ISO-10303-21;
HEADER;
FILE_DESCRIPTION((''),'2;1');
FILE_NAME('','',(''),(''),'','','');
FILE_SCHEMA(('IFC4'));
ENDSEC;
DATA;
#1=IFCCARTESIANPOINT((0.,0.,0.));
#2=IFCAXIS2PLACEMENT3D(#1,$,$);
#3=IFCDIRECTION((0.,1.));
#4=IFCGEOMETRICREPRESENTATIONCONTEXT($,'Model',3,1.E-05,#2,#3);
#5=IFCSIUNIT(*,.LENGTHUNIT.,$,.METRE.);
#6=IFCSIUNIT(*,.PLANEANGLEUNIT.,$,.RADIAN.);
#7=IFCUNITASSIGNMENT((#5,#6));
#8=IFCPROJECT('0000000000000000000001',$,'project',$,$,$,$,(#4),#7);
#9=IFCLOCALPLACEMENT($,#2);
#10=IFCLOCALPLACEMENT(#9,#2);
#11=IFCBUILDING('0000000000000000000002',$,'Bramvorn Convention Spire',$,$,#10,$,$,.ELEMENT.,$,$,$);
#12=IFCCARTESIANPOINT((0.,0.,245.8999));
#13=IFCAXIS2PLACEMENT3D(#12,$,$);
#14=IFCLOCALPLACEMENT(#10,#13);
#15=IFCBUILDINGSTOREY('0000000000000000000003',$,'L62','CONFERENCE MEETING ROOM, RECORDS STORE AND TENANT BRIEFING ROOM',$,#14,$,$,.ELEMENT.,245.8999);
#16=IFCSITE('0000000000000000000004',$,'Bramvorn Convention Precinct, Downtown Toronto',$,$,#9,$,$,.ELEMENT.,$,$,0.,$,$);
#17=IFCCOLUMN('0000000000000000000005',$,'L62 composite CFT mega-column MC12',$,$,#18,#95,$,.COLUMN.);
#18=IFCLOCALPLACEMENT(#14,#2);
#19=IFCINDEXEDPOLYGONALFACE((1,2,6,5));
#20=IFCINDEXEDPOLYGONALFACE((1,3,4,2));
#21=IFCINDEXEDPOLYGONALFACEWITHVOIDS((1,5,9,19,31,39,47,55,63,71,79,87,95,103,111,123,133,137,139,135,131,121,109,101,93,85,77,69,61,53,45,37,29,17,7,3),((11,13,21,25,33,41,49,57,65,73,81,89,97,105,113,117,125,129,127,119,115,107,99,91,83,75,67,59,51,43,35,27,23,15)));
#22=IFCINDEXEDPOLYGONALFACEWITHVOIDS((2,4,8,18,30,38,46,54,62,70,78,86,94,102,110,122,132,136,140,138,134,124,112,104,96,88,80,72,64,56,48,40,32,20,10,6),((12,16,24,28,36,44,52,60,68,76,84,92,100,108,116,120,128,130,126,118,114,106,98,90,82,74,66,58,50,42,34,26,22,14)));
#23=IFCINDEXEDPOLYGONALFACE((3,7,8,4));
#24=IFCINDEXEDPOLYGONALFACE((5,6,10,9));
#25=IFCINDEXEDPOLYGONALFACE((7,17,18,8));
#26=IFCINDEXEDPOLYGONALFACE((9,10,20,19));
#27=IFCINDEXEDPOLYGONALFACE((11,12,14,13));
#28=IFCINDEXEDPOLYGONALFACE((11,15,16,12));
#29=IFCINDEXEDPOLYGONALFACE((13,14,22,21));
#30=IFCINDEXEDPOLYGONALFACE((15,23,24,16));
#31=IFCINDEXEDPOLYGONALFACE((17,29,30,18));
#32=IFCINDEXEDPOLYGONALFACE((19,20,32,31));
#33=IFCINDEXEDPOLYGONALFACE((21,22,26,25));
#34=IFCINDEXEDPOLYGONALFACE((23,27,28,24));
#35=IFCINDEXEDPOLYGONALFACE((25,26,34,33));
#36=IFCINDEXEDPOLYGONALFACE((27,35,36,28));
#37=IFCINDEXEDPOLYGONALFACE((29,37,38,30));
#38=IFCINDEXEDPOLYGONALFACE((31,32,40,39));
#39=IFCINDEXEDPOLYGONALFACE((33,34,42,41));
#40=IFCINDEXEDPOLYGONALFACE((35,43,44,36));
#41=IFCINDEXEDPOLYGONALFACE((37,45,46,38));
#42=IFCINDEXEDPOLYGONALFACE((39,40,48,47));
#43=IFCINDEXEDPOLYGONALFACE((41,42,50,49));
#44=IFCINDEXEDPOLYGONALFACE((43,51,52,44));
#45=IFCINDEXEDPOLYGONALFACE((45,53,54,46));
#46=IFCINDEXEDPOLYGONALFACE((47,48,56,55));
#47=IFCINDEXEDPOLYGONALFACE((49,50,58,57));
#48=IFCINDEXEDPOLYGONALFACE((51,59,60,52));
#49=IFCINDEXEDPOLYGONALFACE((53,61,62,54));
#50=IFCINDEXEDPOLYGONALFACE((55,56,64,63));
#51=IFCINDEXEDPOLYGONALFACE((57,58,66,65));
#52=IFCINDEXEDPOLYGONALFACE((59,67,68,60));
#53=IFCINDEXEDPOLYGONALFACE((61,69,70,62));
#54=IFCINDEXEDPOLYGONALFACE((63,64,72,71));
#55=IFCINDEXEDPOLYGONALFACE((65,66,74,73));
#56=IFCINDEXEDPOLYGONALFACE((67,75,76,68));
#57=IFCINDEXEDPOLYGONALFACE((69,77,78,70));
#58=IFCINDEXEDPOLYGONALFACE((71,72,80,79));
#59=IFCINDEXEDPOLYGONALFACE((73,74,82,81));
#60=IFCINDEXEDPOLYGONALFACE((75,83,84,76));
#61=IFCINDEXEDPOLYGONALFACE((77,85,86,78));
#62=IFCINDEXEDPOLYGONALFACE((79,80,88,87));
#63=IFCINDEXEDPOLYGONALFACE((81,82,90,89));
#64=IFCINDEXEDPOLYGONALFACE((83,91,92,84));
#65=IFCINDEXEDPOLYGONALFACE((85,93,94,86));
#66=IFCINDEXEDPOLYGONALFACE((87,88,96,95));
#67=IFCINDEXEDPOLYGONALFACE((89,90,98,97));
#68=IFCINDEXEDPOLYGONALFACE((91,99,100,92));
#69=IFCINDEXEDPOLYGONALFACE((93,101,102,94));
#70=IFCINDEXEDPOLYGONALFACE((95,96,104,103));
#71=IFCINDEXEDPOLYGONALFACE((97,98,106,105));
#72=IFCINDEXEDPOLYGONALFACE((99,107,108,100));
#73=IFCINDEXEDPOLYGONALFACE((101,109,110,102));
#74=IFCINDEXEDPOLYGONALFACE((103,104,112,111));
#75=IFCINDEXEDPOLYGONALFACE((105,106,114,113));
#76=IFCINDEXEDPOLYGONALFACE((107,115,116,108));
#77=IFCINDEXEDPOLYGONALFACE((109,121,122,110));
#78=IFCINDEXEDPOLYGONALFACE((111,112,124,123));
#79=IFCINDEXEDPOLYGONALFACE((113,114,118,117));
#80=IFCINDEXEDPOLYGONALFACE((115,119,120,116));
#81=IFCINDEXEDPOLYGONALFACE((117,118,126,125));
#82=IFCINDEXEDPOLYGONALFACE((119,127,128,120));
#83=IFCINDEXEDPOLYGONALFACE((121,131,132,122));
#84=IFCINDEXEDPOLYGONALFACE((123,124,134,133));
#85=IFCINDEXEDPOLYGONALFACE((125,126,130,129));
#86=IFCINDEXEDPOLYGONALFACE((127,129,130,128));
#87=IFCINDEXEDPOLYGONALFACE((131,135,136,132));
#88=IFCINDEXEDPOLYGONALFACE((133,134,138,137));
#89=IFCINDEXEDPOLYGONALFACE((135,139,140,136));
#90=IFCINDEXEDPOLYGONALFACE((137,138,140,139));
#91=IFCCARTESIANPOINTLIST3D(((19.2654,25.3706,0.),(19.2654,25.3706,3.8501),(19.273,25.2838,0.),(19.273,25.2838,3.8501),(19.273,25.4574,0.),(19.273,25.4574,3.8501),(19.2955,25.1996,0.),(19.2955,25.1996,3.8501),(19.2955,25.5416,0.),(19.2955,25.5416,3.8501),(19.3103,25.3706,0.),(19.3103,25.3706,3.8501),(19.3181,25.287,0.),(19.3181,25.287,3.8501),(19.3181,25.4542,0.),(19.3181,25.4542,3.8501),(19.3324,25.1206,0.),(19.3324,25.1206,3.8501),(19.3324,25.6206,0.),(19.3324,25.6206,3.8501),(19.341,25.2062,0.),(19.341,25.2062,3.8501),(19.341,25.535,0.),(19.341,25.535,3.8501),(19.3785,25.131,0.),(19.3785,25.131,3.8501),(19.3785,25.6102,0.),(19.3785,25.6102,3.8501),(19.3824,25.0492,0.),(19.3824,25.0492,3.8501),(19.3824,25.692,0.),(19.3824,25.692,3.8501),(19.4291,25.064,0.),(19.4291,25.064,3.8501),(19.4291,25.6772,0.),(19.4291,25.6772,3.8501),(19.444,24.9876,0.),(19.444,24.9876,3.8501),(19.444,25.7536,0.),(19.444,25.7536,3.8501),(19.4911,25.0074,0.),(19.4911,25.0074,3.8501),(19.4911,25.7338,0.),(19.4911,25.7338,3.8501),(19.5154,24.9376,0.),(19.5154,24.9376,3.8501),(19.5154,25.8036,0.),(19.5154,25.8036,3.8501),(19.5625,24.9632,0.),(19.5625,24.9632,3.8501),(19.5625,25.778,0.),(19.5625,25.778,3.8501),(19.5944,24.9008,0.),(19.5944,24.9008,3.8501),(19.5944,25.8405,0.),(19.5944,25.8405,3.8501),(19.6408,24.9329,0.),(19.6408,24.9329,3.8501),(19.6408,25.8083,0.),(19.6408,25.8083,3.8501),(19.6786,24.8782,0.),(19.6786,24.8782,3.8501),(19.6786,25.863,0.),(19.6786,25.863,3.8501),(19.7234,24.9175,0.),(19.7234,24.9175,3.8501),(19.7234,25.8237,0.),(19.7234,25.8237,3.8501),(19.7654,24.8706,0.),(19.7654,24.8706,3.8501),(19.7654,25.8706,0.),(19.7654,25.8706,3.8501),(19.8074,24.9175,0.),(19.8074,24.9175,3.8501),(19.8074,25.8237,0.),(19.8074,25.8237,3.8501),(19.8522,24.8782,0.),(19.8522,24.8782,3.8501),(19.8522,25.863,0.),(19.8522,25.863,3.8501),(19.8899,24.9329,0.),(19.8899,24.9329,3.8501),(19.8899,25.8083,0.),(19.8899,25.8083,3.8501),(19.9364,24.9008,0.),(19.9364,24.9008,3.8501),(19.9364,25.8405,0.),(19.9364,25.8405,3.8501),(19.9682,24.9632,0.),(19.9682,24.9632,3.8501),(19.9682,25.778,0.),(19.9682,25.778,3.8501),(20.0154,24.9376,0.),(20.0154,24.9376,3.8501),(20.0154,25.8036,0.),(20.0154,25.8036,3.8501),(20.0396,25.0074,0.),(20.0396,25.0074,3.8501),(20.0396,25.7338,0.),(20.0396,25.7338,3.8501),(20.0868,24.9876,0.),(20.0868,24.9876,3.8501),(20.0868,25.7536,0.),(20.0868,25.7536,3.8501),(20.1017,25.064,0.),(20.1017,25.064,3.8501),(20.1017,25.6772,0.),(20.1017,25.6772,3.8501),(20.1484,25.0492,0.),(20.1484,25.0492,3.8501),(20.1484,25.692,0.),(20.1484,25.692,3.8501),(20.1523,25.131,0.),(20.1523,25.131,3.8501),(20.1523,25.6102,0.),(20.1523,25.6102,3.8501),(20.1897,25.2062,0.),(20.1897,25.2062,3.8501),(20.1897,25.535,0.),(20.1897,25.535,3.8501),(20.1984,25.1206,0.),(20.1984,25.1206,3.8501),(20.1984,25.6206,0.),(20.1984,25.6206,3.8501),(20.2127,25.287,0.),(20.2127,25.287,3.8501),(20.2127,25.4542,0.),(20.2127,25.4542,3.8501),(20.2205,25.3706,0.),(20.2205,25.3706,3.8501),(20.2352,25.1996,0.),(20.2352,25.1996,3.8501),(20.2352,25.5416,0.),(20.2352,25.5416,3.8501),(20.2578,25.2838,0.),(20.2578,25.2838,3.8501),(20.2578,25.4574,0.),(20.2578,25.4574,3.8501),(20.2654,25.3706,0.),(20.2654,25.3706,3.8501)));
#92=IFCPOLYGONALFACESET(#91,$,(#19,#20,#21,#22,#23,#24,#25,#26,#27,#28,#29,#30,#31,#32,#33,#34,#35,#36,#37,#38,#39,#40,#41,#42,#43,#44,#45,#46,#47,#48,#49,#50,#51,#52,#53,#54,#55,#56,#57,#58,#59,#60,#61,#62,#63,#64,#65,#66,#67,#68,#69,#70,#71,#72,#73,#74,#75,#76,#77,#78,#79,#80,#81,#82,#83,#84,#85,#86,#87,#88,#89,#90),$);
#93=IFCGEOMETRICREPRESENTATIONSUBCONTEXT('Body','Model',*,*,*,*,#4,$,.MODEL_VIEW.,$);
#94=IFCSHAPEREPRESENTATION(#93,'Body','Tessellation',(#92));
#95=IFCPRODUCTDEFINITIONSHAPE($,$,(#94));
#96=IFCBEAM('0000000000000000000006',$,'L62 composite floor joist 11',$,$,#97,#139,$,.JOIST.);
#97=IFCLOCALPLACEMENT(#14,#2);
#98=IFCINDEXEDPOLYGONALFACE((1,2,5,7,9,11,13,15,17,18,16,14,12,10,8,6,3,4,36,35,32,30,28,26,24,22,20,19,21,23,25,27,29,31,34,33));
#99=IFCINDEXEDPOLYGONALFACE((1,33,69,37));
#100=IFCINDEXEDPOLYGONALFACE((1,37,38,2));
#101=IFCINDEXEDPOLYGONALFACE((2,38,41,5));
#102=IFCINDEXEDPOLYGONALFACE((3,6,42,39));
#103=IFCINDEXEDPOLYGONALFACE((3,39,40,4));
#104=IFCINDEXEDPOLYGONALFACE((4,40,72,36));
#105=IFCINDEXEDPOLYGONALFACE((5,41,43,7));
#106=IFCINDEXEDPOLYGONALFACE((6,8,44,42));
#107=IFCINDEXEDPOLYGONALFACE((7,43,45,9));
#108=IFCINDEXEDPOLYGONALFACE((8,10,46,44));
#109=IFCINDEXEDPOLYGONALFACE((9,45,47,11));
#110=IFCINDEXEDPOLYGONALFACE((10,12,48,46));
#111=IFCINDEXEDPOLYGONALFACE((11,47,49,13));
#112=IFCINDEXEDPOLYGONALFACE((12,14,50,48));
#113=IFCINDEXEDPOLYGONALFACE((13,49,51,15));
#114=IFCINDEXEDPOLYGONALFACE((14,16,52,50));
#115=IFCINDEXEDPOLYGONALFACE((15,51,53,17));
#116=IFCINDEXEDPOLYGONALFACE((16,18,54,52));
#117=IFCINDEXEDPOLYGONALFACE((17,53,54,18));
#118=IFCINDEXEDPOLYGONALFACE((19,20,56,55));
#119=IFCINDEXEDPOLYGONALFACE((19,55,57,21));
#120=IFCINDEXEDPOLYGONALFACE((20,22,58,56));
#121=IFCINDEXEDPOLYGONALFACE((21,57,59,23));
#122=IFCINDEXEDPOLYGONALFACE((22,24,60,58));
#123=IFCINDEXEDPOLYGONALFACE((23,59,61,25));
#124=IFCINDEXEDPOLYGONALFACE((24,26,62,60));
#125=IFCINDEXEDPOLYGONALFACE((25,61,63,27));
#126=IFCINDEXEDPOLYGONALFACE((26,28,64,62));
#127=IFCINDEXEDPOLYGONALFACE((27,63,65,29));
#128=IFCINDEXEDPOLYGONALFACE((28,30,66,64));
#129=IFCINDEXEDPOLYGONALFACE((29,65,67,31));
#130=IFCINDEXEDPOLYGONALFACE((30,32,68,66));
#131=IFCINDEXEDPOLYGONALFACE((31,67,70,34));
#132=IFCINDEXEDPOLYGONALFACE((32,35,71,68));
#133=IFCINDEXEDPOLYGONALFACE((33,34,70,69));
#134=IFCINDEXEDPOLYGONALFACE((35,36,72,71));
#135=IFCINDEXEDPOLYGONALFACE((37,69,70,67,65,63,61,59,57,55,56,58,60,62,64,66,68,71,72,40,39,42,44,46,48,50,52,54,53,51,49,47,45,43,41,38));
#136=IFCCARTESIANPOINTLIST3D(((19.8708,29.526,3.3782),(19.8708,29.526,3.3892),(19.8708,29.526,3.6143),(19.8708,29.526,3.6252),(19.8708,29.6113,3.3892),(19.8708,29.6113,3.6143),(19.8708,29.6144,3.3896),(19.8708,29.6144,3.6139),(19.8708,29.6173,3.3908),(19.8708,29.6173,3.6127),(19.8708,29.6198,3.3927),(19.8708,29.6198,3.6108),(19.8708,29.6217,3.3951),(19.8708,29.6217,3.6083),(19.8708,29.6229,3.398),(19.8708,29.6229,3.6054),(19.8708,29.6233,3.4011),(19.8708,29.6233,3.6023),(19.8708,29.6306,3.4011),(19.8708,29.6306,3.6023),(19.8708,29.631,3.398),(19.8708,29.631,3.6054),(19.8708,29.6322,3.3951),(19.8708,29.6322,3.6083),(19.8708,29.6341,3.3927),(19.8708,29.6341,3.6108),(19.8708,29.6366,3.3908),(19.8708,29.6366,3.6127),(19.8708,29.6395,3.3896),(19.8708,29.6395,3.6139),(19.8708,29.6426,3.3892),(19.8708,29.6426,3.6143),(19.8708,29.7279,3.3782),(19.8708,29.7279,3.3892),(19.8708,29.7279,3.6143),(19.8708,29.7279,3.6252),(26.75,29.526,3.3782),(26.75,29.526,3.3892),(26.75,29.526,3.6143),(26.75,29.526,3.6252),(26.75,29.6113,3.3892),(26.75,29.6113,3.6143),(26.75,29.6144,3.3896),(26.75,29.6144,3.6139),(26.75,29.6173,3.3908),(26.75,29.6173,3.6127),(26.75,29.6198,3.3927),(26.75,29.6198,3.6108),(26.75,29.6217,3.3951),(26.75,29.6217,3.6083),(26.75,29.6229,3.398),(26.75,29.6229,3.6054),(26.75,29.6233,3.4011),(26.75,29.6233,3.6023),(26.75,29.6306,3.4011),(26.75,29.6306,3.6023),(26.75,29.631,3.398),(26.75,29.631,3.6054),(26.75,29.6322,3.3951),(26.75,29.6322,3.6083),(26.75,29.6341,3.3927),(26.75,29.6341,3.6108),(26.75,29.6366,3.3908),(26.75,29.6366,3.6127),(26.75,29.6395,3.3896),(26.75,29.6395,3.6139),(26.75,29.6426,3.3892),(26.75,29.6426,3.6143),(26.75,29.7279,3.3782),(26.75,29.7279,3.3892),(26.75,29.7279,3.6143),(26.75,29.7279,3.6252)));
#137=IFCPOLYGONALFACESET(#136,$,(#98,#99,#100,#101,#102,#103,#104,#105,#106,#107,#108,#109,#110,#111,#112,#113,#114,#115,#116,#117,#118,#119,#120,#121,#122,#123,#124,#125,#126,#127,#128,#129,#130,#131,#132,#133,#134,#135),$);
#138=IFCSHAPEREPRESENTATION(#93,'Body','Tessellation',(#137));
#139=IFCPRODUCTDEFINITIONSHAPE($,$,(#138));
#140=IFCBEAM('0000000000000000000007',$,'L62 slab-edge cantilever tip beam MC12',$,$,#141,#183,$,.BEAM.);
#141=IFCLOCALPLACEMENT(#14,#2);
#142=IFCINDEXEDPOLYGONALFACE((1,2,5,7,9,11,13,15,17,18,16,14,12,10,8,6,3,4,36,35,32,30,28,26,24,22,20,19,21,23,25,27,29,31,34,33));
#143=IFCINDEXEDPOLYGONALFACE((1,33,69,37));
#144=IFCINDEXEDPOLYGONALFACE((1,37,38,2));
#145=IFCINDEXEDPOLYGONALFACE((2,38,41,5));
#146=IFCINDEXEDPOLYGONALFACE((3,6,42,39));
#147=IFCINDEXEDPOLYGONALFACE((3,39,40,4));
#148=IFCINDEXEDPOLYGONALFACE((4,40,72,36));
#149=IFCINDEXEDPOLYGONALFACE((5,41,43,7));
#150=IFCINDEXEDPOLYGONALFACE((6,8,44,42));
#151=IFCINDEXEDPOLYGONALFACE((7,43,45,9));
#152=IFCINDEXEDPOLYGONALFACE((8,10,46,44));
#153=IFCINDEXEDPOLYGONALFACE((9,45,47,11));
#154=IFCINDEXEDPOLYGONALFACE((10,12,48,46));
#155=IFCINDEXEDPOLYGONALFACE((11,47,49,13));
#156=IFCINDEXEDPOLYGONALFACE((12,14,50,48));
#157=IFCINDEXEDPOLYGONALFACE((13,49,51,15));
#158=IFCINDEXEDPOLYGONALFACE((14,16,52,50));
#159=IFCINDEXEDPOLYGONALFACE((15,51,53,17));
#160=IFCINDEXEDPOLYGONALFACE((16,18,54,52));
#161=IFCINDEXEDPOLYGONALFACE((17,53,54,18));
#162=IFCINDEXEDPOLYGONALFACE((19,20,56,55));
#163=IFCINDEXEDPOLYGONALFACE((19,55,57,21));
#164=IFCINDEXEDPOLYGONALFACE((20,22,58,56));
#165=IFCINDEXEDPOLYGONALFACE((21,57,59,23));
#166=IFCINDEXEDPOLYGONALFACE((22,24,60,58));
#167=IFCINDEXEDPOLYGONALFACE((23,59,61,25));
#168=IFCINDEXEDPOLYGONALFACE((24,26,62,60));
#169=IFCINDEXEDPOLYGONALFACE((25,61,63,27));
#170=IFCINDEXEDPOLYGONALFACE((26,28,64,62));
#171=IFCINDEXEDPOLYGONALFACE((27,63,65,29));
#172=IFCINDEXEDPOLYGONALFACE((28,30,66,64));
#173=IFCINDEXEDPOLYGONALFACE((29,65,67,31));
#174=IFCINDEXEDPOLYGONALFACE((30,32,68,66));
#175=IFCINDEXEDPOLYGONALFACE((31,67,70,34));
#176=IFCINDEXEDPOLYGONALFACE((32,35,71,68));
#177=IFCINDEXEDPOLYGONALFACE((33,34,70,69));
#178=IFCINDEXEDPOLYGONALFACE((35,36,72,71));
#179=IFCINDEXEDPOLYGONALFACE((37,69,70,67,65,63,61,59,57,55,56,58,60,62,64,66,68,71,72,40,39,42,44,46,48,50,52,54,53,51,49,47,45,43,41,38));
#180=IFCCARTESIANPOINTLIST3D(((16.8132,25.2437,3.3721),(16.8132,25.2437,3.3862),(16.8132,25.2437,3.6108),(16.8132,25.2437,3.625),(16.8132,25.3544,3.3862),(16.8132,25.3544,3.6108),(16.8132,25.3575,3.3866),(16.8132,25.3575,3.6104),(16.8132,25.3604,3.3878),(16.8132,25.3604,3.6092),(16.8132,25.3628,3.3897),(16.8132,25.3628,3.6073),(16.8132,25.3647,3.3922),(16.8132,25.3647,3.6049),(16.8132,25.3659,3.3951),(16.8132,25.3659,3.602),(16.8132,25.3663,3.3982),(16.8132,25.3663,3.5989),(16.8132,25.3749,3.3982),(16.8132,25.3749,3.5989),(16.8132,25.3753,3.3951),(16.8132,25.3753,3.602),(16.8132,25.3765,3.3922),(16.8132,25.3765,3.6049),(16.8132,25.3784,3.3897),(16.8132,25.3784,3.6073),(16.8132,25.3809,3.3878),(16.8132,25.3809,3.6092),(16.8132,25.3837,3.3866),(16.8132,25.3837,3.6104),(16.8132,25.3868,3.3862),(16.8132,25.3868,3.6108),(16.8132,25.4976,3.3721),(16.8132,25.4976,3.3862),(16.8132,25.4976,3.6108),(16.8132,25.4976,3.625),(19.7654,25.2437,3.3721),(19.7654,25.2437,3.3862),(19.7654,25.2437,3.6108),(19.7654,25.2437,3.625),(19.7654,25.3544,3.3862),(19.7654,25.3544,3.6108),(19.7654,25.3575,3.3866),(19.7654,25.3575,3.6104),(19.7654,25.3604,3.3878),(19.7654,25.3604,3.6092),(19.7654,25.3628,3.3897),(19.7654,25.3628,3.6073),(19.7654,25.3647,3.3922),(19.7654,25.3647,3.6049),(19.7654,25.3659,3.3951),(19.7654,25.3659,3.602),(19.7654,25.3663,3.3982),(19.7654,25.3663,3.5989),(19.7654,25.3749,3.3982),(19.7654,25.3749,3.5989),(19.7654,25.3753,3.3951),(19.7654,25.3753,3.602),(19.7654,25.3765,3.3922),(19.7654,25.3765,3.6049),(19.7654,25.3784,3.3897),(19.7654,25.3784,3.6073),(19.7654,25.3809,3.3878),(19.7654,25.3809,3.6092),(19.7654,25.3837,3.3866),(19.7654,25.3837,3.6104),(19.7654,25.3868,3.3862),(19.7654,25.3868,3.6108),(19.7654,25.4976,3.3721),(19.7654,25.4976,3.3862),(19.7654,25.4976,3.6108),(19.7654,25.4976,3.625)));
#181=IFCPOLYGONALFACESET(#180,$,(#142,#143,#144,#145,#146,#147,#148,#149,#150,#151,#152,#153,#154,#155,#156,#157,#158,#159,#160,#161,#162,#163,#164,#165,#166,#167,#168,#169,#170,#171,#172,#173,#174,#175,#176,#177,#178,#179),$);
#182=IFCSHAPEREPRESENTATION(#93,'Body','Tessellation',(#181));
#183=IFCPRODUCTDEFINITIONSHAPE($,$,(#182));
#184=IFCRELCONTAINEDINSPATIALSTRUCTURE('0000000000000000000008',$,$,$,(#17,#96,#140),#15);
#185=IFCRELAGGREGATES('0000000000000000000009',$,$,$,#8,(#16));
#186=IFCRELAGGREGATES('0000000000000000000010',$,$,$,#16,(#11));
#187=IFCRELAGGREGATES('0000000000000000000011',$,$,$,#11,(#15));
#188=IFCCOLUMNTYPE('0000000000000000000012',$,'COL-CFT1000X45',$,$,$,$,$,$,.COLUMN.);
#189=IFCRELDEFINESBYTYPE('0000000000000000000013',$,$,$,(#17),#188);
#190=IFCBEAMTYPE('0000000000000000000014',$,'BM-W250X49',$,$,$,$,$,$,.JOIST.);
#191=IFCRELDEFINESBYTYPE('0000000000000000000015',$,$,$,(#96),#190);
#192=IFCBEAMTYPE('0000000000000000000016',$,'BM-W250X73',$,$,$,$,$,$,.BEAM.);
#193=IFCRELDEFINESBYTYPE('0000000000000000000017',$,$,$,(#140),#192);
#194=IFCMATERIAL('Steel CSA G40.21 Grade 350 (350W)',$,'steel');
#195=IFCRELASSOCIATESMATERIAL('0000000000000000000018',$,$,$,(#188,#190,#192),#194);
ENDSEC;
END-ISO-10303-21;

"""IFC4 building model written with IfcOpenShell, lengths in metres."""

from ifc_helpers import new_model, si_unit, direction, frame, origin, origin_2d, place, context, subcontext, project, spatial, hollow_circle, i_section, extrude, material, material_profile, profile_set, type_object, element, save


model = new_model("IFC4")

# Units and contexts
model_context = context("Model", 3, precision=1e-05, world=origin(), true_north=direction((0.0, 1.0)))
body_context = subcontext(model_context, "Body", "Model", "MODEL_VIEW")
ifc_project = project(units=[si_unit("LENGTHUNIT", "METRE"), si_unit("PLANEANGLEUNIT", "RADIAN")], contexts=[model_context])

# Site, building, storey
site_placement = place(None, origin())
site = spatial("IfcSite", under=ifc_project, at=site_placement, Name="Bramvorn Convention Precinct, Downtown Toronto", CompositionType="ELEMENT", RefElevation=0.0)
building_placement = place(site_placement, origin())
building = spatial("IfcBuilding", under=site, at=building_placement, Name="Bramvorn Convention Spire", CompositionType="ELEMENT")
storey_placement = place(building_placement, frame((0.0, 0.0, 245.8999)))
storey = spatial("IfcBuildingStorey", under=building, at=storey_placement, Name="L62", Description="CONFERENCE MEETING ROOM, RECORDS STORE AND TENANT BRIEFING ROOM", CompositionType="ELEMENT", Elevation=245.8999)

# Column
ifc_material_1 = material(Name="Steel CSA G40.21 Grade 350 (350W)", Category="steel")
ifc_material_profile_1 = material_profile(ifc_material_1, hollow_circle(Radius=0.5, WallThickness=0.0449, at=origin_2d()))
ifc_profile_set_1 = profile_set([ifc_material_profile_1], Name="Steel CSA G40.21 Grade 350 (350W) - CFT1000X45")
column_type = type_object("IfcColumnType", Name="COL-CFT1000X45", PredefinedType="COLUMN", material=ifc_profile_set_1)
column_placement = place(storey_placement, frame((19.7654, 25.3706, 0.0), z_axis=(0.0, 0.0, 1.0), x_axis=(1.0, 0.0, 0.0)))
element("IfcColumn", 1, at=column_placement, inside=storey, type_object=column_type, Name="L62 composite CFT mega-column MC12", PredefinedType="COLUMN", context=body_context, shape_type="SweptSolid", body=[
    extrude(hollow_circle(Radius=0.5, WallThickness=0.0449, at=origin_2d()), origin(), (0.0, 0.0, 1.0), 3.8501),
])

# Beams
ifc_material_profile_2 = material_profile(ifc_material_1, i_section(OverallWidth=0.2019, OverallDepth=0.2471, WebThickness=0.0073, FlangeThickness=0.011, FilletRadius=0.012, at=origin_2d()))
ifc_profile_set_2 = profile_set([ifc_material_profile_2], Name="Steel CSA G40.21 Grade 350 (350W) - W250X49")
beam_type_1 = type_object("IfcBeamType", Name="BM-W250X49", PredefinedType="JOIST", material=ifc_profile_set_2)
beam_1_placement = place(storey_placement, frame((26.75, 29.627, 3.5017), z_axis=(-1.0, 0.0, 0.0), x_axis=(0.0, -1.0, 0.0)))
element("IfcBeam", 2, at=beam_1_placement, inside=storey, type_object=beam_type_1, Name="L62 composite floor joist 11", PredefinedType="JOIST", context=body_context, shape_type="SweptSolid", body=[
    extrude(i_section(OverallWidth=0.2019, OverallDepth=0.2471, WebThickness=0.0073, FlangeThickness=0.011, FilletRadius=0.012, at=origin_2d()), origin(), (0.0, 0.0, 1.0), 6.8792),
])
ifc_material_profile_3 = material_profile(ifc_material_1, i_section(OverallWidth=0.2539, OverallDepth=0.2529, WebThickness=0.0085, FlangeThickness=0.0142, FilletRadius=0.012, at=origin_2d()))
ifc_profile_set_3 = profile_set([ifc_material_profile_3], Name="Steel CSA G40.21 Grade 350 (350W) - W250X73")
beam_type_2 = type_object("IfcBeamType", Name="BM-W250X73", PredefinedType="BEAM", material=ifc_profile_set_3)
beam_2_placement = place(storey_placement, frame((19.7654, 25.3706, 3.4985), z_axis=(-1.0, 0.0, 0.0), x_axis=(0.0, -1.0, 0.0)))
element("IfcBeam", 3, at=beam_2_placement, inside=storey, type_object=beam_type_2, Name="L62 slab-edge cantilever tip beam MC12", PredefinedType="BEAM", context=body_context, shape_type="SweptSolid", body=[
    extrude(i_section(OverallWidth=0.2539, OverallDepth=0.2529, WebThickness=0.0085, FlangeThickness=0.0142, FilletRadius=0.012, at=origin_2d()), origin(), (0.0, 0.0, 1.0), 2.9521),
])

save(model, "model.ifc")
